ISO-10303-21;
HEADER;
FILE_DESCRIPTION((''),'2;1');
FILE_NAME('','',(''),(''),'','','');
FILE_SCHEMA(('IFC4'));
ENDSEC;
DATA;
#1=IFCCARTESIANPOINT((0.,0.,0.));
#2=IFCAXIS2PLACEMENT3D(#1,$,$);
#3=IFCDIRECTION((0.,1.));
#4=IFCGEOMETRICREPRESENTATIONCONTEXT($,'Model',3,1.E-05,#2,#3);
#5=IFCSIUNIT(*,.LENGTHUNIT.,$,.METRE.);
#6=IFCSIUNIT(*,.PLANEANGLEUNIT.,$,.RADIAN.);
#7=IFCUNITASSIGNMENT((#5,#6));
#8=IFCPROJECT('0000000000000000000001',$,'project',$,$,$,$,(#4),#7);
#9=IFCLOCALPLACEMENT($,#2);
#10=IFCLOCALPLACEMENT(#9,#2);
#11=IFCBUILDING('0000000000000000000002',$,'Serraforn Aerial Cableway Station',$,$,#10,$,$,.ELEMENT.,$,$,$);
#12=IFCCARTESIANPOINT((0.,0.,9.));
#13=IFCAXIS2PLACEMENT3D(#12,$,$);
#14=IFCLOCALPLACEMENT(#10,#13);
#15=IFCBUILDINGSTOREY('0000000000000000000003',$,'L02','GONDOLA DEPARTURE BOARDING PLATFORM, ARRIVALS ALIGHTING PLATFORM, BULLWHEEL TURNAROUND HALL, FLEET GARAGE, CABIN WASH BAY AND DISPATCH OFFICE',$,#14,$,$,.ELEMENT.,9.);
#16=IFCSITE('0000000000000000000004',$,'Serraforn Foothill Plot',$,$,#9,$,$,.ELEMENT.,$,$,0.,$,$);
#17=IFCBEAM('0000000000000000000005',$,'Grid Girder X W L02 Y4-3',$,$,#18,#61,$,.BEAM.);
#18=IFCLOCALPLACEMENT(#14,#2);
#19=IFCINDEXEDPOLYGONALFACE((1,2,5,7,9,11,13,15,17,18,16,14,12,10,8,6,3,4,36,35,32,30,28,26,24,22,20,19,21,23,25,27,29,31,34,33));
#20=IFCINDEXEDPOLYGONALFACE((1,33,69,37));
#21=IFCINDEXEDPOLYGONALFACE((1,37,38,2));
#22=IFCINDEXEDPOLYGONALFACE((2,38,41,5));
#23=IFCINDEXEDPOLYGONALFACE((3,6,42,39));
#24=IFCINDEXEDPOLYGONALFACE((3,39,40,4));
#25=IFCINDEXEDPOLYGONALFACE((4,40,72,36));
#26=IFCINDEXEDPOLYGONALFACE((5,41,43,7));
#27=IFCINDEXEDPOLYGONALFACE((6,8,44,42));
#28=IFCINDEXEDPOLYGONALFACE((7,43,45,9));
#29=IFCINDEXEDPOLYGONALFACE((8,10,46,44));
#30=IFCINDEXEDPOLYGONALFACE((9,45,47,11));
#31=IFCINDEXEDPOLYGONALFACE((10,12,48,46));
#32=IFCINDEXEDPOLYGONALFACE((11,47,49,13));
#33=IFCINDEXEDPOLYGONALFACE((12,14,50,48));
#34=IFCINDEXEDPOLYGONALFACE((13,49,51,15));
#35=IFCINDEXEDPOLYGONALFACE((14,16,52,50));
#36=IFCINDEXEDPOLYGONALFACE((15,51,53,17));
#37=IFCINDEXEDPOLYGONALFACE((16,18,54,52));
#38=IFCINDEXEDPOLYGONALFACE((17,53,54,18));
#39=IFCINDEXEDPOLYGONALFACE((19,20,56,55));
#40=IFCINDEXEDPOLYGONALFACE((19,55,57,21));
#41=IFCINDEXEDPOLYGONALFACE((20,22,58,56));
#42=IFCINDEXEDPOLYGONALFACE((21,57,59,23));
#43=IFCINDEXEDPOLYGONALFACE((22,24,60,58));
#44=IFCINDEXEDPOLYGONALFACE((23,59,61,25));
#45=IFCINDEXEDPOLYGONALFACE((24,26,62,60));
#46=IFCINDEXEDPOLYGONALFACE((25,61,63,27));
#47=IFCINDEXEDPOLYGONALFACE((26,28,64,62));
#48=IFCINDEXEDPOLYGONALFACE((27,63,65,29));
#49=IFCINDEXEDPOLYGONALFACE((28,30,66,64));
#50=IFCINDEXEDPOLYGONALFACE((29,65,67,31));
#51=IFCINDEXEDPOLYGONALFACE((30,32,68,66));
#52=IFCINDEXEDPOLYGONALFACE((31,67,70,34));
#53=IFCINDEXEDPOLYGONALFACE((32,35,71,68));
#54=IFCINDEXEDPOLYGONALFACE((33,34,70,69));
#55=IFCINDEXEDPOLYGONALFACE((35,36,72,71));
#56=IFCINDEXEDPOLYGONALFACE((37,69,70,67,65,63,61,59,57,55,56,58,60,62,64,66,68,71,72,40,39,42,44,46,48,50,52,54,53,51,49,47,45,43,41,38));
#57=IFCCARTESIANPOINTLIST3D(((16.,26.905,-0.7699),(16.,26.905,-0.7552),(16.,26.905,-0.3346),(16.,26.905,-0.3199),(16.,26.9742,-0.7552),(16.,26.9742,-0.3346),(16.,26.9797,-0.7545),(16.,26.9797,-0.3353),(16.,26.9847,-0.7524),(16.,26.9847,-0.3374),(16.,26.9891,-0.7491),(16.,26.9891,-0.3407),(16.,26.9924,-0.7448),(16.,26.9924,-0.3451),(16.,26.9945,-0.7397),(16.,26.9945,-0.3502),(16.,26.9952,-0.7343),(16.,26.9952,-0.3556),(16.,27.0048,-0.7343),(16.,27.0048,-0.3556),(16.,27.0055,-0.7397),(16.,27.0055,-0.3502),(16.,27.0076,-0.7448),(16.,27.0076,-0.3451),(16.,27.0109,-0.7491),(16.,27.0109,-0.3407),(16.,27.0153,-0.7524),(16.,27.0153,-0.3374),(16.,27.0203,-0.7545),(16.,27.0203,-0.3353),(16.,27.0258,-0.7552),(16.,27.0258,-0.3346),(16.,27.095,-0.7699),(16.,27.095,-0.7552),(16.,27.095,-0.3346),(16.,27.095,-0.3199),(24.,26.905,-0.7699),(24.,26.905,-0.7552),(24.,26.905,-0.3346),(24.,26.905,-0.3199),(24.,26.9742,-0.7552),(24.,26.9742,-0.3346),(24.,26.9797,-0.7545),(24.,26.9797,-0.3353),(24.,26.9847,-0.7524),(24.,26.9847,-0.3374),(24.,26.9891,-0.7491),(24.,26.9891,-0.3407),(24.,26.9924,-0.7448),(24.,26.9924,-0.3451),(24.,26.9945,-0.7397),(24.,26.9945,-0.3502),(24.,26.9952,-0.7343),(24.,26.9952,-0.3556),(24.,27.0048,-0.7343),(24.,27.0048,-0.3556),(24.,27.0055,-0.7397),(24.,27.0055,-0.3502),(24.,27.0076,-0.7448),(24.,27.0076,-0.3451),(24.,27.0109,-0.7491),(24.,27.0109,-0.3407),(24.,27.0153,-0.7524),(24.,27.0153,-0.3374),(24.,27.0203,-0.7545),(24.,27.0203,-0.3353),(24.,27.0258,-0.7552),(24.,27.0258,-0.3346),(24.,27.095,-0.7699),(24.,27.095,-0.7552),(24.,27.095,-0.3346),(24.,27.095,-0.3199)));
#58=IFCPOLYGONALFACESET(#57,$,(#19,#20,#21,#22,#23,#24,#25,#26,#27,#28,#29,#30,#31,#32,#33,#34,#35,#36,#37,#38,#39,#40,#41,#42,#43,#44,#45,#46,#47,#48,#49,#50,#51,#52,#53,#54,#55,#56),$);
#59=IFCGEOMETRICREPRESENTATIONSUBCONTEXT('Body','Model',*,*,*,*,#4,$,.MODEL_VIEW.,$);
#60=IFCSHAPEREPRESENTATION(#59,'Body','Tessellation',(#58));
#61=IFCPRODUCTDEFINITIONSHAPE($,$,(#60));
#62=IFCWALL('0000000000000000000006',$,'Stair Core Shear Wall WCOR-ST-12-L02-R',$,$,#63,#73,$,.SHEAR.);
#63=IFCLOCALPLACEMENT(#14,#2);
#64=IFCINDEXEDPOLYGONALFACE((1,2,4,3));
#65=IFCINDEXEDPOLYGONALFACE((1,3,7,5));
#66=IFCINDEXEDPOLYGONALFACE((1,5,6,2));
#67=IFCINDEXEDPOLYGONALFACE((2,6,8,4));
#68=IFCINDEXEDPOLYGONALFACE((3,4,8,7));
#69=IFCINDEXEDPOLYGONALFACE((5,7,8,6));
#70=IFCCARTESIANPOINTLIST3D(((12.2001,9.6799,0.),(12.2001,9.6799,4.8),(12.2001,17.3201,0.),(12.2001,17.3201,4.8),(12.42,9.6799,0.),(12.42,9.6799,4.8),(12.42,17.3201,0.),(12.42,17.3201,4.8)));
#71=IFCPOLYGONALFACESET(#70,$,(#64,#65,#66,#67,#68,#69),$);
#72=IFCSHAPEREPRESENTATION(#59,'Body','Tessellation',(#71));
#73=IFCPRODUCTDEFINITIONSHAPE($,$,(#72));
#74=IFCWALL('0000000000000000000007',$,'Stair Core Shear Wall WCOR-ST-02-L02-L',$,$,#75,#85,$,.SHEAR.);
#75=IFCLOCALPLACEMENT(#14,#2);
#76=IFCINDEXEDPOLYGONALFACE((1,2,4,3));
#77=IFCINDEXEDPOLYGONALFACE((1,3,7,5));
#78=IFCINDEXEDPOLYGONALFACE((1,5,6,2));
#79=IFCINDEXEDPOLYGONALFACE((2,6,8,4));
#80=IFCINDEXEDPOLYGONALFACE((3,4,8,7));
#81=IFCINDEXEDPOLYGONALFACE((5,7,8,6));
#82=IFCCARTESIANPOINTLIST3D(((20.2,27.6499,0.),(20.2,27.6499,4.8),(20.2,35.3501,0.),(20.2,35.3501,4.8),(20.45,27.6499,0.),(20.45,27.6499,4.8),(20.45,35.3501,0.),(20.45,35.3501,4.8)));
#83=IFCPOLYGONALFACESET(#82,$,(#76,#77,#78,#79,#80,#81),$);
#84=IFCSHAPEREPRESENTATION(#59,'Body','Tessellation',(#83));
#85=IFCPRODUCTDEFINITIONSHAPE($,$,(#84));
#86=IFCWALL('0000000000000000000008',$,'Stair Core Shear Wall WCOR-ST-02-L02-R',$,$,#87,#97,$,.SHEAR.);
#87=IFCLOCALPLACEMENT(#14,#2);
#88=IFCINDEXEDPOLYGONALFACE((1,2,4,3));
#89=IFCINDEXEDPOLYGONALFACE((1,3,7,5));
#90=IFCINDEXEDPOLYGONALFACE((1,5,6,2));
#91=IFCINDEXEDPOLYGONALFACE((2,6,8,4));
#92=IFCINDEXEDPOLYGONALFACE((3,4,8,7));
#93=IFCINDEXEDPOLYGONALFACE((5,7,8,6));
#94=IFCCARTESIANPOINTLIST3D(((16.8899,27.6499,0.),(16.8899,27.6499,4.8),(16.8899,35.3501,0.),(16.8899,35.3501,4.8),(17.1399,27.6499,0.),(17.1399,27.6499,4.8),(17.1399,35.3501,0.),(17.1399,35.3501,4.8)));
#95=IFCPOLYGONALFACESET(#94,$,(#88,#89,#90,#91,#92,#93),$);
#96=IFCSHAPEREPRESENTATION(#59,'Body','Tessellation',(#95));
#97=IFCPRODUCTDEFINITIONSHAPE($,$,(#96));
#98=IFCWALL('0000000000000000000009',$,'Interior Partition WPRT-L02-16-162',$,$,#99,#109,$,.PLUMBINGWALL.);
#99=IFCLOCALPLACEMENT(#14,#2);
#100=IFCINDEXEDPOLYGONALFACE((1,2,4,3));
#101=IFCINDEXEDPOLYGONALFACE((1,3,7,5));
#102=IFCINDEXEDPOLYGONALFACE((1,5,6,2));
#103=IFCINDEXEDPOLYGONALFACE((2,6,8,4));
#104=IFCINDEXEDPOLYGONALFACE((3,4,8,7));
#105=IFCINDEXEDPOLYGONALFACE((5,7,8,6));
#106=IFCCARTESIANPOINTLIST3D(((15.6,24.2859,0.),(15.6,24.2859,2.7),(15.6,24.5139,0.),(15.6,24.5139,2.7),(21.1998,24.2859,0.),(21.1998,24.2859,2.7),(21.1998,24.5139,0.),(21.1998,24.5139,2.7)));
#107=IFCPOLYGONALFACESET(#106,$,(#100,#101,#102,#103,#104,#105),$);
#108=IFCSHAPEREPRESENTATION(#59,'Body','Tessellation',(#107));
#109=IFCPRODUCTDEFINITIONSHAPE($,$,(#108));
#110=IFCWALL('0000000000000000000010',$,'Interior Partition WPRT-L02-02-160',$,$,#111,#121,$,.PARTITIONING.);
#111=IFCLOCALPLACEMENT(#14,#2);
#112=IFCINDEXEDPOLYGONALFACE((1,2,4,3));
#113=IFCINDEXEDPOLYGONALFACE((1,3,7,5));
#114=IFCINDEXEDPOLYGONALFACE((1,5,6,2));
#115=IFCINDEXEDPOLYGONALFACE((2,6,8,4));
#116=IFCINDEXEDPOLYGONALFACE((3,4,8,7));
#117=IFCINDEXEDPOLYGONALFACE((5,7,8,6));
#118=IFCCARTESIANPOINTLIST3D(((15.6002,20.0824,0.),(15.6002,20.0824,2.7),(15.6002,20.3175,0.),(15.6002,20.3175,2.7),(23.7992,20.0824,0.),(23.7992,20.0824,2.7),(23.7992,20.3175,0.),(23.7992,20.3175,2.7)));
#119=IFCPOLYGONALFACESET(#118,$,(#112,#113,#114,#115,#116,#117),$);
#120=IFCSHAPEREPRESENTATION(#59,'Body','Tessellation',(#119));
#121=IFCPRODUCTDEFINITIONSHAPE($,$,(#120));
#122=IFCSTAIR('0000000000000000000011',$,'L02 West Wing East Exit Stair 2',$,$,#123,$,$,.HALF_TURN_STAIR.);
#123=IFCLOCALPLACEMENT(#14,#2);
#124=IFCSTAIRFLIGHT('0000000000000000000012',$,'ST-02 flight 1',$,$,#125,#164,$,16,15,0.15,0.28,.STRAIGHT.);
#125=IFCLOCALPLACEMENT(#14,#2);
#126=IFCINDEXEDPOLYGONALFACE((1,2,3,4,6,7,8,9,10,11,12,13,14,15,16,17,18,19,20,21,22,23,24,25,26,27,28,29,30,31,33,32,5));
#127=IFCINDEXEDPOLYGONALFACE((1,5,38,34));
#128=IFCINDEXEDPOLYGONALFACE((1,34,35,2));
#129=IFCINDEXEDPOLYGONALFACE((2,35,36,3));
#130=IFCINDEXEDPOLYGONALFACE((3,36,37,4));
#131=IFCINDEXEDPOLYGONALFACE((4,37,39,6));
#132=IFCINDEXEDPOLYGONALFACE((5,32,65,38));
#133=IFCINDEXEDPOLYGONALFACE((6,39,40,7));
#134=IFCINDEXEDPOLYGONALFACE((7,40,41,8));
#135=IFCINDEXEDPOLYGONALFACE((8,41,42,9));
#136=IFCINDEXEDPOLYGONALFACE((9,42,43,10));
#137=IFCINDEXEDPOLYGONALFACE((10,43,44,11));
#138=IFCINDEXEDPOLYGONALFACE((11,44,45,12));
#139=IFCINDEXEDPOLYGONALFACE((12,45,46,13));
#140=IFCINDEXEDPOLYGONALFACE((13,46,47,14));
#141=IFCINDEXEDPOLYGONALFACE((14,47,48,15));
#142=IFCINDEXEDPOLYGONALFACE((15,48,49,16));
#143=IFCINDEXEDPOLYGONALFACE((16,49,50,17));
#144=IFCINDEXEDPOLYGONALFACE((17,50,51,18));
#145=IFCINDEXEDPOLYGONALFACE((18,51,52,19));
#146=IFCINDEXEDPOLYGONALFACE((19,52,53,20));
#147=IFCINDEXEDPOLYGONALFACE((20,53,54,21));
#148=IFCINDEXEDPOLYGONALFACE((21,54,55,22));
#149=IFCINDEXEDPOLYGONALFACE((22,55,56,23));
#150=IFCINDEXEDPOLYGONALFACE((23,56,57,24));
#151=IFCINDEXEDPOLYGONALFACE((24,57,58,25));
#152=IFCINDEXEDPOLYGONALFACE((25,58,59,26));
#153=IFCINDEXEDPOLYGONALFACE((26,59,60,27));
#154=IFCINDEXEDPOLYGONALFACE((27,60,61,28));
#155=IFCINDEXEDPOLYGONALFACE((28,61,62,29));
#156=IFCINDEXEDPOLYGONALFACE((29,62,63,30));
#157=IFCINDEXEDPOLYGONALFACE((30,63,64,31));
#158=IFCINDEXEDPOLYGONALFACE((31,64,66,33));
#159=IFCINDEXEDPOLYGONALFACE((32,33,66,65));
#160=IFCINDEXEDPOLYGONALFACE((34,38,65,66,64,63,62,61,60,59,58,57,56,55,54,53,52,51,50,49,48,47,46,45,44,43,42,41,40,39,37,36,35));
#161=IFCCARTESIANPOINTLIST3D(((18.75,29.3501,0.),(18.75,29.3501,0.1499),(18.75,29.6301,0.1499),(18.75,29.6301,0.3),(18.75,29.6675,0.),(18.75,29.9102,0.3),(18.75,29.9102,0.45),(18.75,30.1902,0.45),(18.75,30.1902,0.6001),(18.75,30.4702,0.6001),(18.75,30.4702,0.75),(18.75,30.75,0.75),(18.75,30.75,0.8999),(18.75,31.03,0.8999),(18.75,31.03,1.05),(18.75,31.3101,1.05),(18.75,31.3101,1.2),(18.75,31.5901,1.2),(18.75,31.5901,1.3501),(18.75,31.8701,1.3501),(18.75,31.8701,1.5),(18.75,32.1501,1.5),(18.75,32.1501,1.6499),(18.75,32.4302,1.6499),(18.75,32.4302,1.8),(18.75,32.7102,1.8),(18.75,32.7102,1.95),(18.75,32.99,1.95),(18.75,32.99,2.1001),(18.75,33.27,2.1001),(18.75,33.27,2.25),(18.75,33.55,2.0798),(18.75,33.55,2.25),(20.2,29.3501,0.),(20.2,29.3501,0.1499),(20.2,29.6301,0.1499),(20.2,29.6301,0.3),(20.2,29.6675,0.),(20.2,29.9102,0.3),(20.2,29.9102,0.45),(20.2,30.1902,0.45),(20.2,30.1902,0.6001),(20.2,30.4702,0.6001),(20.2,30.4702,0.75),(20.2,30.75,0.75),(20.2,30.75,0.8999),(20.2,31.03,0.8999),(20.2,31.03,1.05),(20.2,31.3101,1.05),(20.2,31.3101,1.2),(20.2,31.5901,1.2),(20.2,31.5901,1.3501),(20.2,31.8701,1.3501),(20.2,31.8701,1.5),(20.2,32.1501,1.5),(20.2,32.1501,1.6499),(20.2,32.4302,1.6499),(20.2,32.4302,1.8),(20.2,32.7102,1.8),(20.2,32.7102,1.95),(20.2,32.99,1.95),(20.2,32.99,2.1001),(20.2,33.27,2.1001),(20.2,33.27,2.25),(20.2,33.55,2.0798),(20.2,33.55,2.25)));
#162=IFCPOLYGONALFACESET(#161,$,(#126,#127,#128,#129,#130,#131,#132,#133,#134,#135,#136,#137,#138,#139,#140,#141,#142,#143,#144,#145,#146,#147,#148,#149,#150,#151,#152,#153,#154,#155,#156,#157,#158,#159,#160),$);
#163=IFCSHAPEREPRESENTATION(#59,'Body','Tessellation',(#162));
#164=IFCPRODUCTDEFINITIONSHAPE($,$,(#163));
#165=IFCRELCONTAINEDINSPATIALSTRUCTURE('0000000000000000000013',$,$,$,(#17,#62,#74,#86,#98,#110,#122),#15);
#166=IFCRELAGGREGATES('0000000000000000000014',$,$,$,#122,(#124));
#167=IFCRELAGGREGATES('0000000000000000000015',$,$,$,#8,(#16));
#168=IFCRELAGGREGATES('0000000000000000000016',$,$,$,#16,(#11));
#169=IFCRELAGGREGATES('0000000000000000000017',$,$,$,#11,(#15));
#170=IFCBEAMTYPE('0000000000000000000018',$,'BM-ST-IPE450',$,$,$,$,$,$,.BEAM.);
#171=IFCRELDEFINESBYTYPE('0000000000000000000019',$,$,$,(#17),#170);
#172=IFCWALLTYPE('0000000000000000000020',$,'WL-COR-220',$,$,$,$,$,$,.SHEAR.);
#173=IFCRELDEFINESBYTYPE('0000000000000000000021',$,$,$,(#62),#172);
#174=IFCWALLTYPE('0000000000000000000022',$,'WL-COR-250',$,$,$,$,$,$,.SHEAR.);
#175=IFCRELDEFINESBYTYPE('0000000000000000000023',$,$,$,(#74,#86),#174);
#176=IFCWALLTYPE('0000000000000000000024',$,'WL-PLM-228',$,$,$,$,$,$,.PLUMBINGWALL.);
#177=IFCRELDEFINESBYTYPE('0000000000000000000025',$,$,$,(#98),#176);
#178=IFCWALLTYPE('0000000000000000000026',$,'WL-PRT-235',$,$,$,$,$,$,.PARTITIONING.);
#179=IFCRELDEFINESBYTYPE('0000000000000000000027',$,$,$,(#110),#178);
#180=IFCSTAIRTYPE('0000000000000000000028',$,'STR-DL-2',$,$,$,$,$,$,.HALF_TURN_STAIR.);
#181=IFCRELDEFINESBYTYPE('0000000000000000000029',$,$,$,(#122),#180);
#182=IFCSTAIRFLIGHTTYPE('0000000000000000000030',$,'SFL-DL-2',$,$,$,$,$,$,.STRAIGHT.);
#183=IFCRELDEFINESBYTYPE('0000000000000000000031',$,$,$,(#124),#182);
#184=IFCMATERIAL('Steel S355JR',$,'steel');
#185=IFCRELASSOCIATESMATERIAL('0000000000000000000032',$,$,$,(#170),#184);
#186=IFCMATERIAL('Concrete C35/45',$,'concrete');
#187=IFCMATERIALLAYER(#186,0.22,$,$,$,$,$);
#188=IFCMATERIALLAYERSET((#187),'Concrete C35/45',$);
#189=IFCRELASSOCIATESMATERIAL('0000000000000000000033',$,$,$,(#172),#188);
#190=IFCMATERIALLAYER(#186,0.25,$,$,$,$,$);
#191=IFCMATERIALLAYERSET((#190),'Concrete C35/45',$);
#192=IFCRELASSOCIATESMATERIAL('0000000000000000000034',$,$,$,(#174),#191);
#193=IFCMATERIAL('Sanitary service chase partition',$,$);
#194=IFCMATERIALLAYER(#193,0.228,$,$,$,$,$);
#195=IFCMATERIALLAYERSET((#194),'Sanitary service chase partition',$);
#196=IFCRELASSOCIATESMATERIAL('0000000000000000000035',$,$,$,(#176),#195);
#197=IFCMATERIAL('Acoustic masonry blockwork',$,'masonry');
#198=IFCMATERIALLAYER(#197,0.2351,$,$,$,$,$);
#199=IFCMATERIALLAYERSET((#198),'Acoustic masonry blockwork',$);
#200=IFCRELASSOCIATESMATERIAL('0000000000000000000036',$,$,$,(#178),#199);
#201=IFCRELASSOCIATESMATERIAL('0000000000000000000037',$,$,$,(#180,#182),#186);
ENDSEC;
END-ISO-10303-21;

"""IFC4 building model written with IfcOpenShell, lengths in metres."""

from ifc_helpers import new_model, si_unit, direction, frame, frame_2d, origin, origin_2d, place, context, subcontext, project, spatial, polyline, rectangle, i_section, outline, extrude, material, layer, layer_set, material_profile, profile_set, type_object, element, aggregate, save


model = new_model("IFC4")

# Units and contexts
model_context = context("Model", 3, precision=1e-05, world=origin(), true_north=direction((0.0, 1.0)))
body_context = subcontext(model_context, "Body", "Model", "MODEL_VIEW")
ifc_project = project(units=[si_unit("LENGTHUNIT", "METRE"), si_unit("PLANEANGLEUNIT", "RADIAN")], contexts=[model_context])

# Site, building, storey
site_placement = place(None, origin())
site = spatial("IfcSite", under=ifc_project, at=site_placement, Name="Serraforn Foothill Plot", CompositionType="ELEMENT", RefElevation=0.0)
building_placement = place(site_placement, origin())
building = spatial("IfcBuilding", under=site, at=building_placement, Name="Serraforn Aerial Cableway Station", CompositionType="ELEMENT")
storey_placement = place(building_placement, frame((0.0, 0.0, 9.0)))
storey = spatial("IfcBuildingStorey", under=building, at=storey_placement, Name="L02", Description="GONDOLA DEPARTURE BOARDING PLATFORM, ARRIVALS ALIGHTING PLATFORM, BULLWHEEL TURNAROUND HALL, FLEET GARAGE, CABIN WASH BAY AND DISPATCH OFFICE", CompositionType="ELEMENT", Elevation=9.0)

# Beam
ifc_material_1 = material(Name="Steel S355JR", Category="steel")
ifc_material_profile_1 = material_profile(ifc_material_1, i_section(OverallWidth=0.1899, OverallDepth=0.45, WebThickness=0.0095, FlangeThickness=0.0146, FilletRadius=0.021, at=origin_2d()), Name="IPE 450")
ifc_profile_set_1 = profile_set([ifc_material_profile_1], Name="Steel S355JR")
beam_type_1 = type_object("IfcBeamType", Name="BM-ST-IPE450", PredefinedType="BEAM", material=ifc_profile_set_1)
beam_1_placement = place(storey_placement, frame((16.0, 27.0, -0.5449), z_axis=(1.0, 0.0, 0.0), x_axis=(0.0, 1.0, 0.0)))
element("IfcBeam", 1, at=beam_1_placement, inside=storey, type_object=beam_type_1, Name="Grid Girder X W L02 Y4-3", PredefinedType="BEAM", context=body_context, shape_type="SweptSolid", body=[
    extrude(i_section(OverallWidth=0.1899, OverallDepth=0.45, WebThickness=0.0095, FlangeThickness=0.0146, FilletRadius=0.021, at=origin_2d()), origin(), (0.0, 0.0, 1.0), 8.0),
])

# Wall
ifc_material_2 = material(Name="Concrete C35/45", Category="concrete")
ifc_layer_1 = layer(ifc_material_2, 0.22)
ifc_layer_set_1 = layer_set([ifc_layer_1], Name="Concrete C35/45")
wall_type_1 = type_object("IfcWallType", Name="WL-COR-220", PredefinedType="SHEAR", material=ifc_layer_set_1)
wall_1_placement = place(storey_placement, frame((12.3101, 17.3201, 0.0), z_axis=(0.0, 0.0, 1.0), x_axis=(0.0, -1.0, 0.0)))
element("IfcWall", 2, at=wall_1_placement, inside=storey, type_object=wall_type_1, Name="Stair Core Shear Wall WCOR-ST-12-L02-R", PredefinedType="SHEAR", context=body_context, shape_type="SweptSolid", body=[
    extrude(rectangle(XDim=7.6401, YDim=0.22, at=frame_2d((3.8201, 0.0))), origin(), (0.0, 0.0, 1.0), 4.8),
])

# Shared definitions
ifc_layer_2 = layer(ifc_material_2, 0.25)
ifc_layer_set_2 = layer_set([ifc_layer_2], Name="Concrete C35/45")
wall_type_2 = type_object("IfcWallType", Name="WL-COR-250", PredefinedType="SHEAR", material=ifc_layer_set_2)

# Walls
for number, where, z_axis, x_axis, name in (
    (3, (20.325, 27.6499, 0.0), (0.0, 0.0, 1.0), (0.0, 1.0, 0.0), "Stair Core Shear Wall WCOR-ST-02-L02-L"),
    (4, (17.0149, 27.6499, 0.0), (0.0, 0.0, 1.0), (0.0, 1.0, 0.0), "Stair Core Shear Wall WCOR-ST-02-L02-R"),
):
    element("IfcWall", number, at=place(storey_placement, frame(where, z_axis=z_axis, x_axis=x_axis)), inside=storey, type_object=wall_type_2, Name=name, PredefinedType="SHEAR", context=body_context, shape_type="SweptSolid", body=[
        extrude(rectangle(XDim=7.7002, YDim=0.25, at=frame_2d((3.8501, 0.0))), origin(), (0.0, 0.0, 1.0), 4.8),
    ])

# Shared definitions
ifc_material_3 = material(Name="Sanitary service chase partition")
ifc_layer_3 = layer(ifc_material_3, 0.228)
ifc_layer_set_3 = layer_set([ifc_layer_3], Name="Sanitary service chase partition")
wall_type_3 = type_object("IfcWallType", Name="WL-PLM-228", PredefinedType="PLUMBINGWALL", material=ifc_layer_set_3)

# Walls
wall_2_placement = place(storey_placement, frame((15.6001, 24.3999, 0.0), z_axis=(0.0, 0.0, 1.0), x_axis=(1.0, 0.0, 0.0)))
element("IfcWall", 5, at=wall_2_placement, inside=storey, type_object=wall_type_3, Name="Interior Partition WPRT-L02-16-162", PredefinedType="PLUMBINGWALL", context=body_context, shape_type="SweptSolid", body=[
    extrude(rectangle(XDim=5.5999, YDim=0.228, at=frame_2d((2.7998, 0.0))), origin(), (0.0, 0.0, 1.0), 2.7),
])
ifc_material_4 = material(Name="Acoustic masonry blockwork", Category="masonry")
ifc_layer_4 = layer(ifc_material_4, 0.2351)
ifc_layer_set_4 = layer_set([ifc_layer_4], Name="Acoustic masonry blockwork")
wall_type_4 = type_object("IfcWallType", Name="WL-PRT-235", PredefinedType="PARTITIONING", material=ifc_layer_set_4)
wall_3_placement = place(storey_placement, frame((15.6001, 20.2, 0.0), z_axis=(0.0, 0.0, 1.0), x_axis=(1.0, 0.0, 0.0)))
element("IfcWall", 6, at=wall_3_placement, inside=storey, type_object=wall_type_4, Name="Interior Partition WPRT-L02-02-160", PredefinedType="PARTITIONING", context=body_context, shape_type="SweptSolid", body=[
    extrude(rectangle(XDim=8.199, YDim=0.2351, at=frame_2d((4.0996, 0.0))), origin(), (0.0, 0.0, 1.0), 2.7),
])

# Stair, stair flight
stair_type = type_object("IfcStairType", Name="STR-DL-2", PredefinedType="HALF_TURN_STAIR", material=ifc_material_2)
stair_placement = place(storey_placement, origin())
stair = element("IfcStair", 7, at=stair_placement, inside=storey, type_object=stair_type, Name="L02 West Wing East Exit Stair 2", PredefinedType="HALF_TURN_STAIR")
stair_flight_type = type_object("IfcStairFlightType", Name="SFL-DL-2", PredefinedType="STRAIGHT", material=ifc_material_2)
stair_flight_placement = place(storey_placement, frame((19.4751, 29.3501, 0.0), z_axis=(0.0, 0.0, 1.0), x_axis=(0.0, 1.0, 0.0)))
stair_flight = element("IfcStairFlight", 8, at=stair_flight_placement, type_object=stair_flight_type, Name="ST-02 flight 1", NumberOfRisers=16, NumberOfTreads=15, PredefinedType="STRAIGHT", RiserHeight=0.15, TreadLength=0.28, context=body_context, shape_type="SweptSolid", body=[
    extrude(outline(polyline([(0.0, 0.0), (0.0, 0.1499), (0.28, 0.1499), (0.28, 0.3), (0.5601, 0.3), (0.5601, 0.45), (0.8401, 0.45), (0.8401, 0.6001), (1.1201, 0.6001), (1.1201, 0.75), (1.3999, 0.75), (1.3999, 0.8999), (1.6799, 0.8999), (1.6799, 1.05), (1.96, 1.05), (1.96, 1.2), (2.24, 1.2), (2.24, 1.3501), (2.52, 1.3501), (2.52, 1.5), (2.8, 1.5), (2.8, 1.6499), (3.0801, 1.6499), (3.0801, 1.8), (3.3601, 1.8), (3.3601, 1.95), (3.6399, 1.95), (3.6399, 2.1001), (3.9199, 2.1001), (3.9199, 2.25), (4.2, 2.25), (4.2, 2.3999), (4.2, 2.0798), (0.3174, 0.0), (0.0, 0.0)])), frame((0.0, 0.7251, 0.0), z_axis=(0.0, -1.0, 0.0), x_axis=(1.0, 0.0, 0.0)), (0.0, 0.0, 1.0), 1.45),
])
aggregate(stair, [stair_flight])

save(model, "model.ifc")
